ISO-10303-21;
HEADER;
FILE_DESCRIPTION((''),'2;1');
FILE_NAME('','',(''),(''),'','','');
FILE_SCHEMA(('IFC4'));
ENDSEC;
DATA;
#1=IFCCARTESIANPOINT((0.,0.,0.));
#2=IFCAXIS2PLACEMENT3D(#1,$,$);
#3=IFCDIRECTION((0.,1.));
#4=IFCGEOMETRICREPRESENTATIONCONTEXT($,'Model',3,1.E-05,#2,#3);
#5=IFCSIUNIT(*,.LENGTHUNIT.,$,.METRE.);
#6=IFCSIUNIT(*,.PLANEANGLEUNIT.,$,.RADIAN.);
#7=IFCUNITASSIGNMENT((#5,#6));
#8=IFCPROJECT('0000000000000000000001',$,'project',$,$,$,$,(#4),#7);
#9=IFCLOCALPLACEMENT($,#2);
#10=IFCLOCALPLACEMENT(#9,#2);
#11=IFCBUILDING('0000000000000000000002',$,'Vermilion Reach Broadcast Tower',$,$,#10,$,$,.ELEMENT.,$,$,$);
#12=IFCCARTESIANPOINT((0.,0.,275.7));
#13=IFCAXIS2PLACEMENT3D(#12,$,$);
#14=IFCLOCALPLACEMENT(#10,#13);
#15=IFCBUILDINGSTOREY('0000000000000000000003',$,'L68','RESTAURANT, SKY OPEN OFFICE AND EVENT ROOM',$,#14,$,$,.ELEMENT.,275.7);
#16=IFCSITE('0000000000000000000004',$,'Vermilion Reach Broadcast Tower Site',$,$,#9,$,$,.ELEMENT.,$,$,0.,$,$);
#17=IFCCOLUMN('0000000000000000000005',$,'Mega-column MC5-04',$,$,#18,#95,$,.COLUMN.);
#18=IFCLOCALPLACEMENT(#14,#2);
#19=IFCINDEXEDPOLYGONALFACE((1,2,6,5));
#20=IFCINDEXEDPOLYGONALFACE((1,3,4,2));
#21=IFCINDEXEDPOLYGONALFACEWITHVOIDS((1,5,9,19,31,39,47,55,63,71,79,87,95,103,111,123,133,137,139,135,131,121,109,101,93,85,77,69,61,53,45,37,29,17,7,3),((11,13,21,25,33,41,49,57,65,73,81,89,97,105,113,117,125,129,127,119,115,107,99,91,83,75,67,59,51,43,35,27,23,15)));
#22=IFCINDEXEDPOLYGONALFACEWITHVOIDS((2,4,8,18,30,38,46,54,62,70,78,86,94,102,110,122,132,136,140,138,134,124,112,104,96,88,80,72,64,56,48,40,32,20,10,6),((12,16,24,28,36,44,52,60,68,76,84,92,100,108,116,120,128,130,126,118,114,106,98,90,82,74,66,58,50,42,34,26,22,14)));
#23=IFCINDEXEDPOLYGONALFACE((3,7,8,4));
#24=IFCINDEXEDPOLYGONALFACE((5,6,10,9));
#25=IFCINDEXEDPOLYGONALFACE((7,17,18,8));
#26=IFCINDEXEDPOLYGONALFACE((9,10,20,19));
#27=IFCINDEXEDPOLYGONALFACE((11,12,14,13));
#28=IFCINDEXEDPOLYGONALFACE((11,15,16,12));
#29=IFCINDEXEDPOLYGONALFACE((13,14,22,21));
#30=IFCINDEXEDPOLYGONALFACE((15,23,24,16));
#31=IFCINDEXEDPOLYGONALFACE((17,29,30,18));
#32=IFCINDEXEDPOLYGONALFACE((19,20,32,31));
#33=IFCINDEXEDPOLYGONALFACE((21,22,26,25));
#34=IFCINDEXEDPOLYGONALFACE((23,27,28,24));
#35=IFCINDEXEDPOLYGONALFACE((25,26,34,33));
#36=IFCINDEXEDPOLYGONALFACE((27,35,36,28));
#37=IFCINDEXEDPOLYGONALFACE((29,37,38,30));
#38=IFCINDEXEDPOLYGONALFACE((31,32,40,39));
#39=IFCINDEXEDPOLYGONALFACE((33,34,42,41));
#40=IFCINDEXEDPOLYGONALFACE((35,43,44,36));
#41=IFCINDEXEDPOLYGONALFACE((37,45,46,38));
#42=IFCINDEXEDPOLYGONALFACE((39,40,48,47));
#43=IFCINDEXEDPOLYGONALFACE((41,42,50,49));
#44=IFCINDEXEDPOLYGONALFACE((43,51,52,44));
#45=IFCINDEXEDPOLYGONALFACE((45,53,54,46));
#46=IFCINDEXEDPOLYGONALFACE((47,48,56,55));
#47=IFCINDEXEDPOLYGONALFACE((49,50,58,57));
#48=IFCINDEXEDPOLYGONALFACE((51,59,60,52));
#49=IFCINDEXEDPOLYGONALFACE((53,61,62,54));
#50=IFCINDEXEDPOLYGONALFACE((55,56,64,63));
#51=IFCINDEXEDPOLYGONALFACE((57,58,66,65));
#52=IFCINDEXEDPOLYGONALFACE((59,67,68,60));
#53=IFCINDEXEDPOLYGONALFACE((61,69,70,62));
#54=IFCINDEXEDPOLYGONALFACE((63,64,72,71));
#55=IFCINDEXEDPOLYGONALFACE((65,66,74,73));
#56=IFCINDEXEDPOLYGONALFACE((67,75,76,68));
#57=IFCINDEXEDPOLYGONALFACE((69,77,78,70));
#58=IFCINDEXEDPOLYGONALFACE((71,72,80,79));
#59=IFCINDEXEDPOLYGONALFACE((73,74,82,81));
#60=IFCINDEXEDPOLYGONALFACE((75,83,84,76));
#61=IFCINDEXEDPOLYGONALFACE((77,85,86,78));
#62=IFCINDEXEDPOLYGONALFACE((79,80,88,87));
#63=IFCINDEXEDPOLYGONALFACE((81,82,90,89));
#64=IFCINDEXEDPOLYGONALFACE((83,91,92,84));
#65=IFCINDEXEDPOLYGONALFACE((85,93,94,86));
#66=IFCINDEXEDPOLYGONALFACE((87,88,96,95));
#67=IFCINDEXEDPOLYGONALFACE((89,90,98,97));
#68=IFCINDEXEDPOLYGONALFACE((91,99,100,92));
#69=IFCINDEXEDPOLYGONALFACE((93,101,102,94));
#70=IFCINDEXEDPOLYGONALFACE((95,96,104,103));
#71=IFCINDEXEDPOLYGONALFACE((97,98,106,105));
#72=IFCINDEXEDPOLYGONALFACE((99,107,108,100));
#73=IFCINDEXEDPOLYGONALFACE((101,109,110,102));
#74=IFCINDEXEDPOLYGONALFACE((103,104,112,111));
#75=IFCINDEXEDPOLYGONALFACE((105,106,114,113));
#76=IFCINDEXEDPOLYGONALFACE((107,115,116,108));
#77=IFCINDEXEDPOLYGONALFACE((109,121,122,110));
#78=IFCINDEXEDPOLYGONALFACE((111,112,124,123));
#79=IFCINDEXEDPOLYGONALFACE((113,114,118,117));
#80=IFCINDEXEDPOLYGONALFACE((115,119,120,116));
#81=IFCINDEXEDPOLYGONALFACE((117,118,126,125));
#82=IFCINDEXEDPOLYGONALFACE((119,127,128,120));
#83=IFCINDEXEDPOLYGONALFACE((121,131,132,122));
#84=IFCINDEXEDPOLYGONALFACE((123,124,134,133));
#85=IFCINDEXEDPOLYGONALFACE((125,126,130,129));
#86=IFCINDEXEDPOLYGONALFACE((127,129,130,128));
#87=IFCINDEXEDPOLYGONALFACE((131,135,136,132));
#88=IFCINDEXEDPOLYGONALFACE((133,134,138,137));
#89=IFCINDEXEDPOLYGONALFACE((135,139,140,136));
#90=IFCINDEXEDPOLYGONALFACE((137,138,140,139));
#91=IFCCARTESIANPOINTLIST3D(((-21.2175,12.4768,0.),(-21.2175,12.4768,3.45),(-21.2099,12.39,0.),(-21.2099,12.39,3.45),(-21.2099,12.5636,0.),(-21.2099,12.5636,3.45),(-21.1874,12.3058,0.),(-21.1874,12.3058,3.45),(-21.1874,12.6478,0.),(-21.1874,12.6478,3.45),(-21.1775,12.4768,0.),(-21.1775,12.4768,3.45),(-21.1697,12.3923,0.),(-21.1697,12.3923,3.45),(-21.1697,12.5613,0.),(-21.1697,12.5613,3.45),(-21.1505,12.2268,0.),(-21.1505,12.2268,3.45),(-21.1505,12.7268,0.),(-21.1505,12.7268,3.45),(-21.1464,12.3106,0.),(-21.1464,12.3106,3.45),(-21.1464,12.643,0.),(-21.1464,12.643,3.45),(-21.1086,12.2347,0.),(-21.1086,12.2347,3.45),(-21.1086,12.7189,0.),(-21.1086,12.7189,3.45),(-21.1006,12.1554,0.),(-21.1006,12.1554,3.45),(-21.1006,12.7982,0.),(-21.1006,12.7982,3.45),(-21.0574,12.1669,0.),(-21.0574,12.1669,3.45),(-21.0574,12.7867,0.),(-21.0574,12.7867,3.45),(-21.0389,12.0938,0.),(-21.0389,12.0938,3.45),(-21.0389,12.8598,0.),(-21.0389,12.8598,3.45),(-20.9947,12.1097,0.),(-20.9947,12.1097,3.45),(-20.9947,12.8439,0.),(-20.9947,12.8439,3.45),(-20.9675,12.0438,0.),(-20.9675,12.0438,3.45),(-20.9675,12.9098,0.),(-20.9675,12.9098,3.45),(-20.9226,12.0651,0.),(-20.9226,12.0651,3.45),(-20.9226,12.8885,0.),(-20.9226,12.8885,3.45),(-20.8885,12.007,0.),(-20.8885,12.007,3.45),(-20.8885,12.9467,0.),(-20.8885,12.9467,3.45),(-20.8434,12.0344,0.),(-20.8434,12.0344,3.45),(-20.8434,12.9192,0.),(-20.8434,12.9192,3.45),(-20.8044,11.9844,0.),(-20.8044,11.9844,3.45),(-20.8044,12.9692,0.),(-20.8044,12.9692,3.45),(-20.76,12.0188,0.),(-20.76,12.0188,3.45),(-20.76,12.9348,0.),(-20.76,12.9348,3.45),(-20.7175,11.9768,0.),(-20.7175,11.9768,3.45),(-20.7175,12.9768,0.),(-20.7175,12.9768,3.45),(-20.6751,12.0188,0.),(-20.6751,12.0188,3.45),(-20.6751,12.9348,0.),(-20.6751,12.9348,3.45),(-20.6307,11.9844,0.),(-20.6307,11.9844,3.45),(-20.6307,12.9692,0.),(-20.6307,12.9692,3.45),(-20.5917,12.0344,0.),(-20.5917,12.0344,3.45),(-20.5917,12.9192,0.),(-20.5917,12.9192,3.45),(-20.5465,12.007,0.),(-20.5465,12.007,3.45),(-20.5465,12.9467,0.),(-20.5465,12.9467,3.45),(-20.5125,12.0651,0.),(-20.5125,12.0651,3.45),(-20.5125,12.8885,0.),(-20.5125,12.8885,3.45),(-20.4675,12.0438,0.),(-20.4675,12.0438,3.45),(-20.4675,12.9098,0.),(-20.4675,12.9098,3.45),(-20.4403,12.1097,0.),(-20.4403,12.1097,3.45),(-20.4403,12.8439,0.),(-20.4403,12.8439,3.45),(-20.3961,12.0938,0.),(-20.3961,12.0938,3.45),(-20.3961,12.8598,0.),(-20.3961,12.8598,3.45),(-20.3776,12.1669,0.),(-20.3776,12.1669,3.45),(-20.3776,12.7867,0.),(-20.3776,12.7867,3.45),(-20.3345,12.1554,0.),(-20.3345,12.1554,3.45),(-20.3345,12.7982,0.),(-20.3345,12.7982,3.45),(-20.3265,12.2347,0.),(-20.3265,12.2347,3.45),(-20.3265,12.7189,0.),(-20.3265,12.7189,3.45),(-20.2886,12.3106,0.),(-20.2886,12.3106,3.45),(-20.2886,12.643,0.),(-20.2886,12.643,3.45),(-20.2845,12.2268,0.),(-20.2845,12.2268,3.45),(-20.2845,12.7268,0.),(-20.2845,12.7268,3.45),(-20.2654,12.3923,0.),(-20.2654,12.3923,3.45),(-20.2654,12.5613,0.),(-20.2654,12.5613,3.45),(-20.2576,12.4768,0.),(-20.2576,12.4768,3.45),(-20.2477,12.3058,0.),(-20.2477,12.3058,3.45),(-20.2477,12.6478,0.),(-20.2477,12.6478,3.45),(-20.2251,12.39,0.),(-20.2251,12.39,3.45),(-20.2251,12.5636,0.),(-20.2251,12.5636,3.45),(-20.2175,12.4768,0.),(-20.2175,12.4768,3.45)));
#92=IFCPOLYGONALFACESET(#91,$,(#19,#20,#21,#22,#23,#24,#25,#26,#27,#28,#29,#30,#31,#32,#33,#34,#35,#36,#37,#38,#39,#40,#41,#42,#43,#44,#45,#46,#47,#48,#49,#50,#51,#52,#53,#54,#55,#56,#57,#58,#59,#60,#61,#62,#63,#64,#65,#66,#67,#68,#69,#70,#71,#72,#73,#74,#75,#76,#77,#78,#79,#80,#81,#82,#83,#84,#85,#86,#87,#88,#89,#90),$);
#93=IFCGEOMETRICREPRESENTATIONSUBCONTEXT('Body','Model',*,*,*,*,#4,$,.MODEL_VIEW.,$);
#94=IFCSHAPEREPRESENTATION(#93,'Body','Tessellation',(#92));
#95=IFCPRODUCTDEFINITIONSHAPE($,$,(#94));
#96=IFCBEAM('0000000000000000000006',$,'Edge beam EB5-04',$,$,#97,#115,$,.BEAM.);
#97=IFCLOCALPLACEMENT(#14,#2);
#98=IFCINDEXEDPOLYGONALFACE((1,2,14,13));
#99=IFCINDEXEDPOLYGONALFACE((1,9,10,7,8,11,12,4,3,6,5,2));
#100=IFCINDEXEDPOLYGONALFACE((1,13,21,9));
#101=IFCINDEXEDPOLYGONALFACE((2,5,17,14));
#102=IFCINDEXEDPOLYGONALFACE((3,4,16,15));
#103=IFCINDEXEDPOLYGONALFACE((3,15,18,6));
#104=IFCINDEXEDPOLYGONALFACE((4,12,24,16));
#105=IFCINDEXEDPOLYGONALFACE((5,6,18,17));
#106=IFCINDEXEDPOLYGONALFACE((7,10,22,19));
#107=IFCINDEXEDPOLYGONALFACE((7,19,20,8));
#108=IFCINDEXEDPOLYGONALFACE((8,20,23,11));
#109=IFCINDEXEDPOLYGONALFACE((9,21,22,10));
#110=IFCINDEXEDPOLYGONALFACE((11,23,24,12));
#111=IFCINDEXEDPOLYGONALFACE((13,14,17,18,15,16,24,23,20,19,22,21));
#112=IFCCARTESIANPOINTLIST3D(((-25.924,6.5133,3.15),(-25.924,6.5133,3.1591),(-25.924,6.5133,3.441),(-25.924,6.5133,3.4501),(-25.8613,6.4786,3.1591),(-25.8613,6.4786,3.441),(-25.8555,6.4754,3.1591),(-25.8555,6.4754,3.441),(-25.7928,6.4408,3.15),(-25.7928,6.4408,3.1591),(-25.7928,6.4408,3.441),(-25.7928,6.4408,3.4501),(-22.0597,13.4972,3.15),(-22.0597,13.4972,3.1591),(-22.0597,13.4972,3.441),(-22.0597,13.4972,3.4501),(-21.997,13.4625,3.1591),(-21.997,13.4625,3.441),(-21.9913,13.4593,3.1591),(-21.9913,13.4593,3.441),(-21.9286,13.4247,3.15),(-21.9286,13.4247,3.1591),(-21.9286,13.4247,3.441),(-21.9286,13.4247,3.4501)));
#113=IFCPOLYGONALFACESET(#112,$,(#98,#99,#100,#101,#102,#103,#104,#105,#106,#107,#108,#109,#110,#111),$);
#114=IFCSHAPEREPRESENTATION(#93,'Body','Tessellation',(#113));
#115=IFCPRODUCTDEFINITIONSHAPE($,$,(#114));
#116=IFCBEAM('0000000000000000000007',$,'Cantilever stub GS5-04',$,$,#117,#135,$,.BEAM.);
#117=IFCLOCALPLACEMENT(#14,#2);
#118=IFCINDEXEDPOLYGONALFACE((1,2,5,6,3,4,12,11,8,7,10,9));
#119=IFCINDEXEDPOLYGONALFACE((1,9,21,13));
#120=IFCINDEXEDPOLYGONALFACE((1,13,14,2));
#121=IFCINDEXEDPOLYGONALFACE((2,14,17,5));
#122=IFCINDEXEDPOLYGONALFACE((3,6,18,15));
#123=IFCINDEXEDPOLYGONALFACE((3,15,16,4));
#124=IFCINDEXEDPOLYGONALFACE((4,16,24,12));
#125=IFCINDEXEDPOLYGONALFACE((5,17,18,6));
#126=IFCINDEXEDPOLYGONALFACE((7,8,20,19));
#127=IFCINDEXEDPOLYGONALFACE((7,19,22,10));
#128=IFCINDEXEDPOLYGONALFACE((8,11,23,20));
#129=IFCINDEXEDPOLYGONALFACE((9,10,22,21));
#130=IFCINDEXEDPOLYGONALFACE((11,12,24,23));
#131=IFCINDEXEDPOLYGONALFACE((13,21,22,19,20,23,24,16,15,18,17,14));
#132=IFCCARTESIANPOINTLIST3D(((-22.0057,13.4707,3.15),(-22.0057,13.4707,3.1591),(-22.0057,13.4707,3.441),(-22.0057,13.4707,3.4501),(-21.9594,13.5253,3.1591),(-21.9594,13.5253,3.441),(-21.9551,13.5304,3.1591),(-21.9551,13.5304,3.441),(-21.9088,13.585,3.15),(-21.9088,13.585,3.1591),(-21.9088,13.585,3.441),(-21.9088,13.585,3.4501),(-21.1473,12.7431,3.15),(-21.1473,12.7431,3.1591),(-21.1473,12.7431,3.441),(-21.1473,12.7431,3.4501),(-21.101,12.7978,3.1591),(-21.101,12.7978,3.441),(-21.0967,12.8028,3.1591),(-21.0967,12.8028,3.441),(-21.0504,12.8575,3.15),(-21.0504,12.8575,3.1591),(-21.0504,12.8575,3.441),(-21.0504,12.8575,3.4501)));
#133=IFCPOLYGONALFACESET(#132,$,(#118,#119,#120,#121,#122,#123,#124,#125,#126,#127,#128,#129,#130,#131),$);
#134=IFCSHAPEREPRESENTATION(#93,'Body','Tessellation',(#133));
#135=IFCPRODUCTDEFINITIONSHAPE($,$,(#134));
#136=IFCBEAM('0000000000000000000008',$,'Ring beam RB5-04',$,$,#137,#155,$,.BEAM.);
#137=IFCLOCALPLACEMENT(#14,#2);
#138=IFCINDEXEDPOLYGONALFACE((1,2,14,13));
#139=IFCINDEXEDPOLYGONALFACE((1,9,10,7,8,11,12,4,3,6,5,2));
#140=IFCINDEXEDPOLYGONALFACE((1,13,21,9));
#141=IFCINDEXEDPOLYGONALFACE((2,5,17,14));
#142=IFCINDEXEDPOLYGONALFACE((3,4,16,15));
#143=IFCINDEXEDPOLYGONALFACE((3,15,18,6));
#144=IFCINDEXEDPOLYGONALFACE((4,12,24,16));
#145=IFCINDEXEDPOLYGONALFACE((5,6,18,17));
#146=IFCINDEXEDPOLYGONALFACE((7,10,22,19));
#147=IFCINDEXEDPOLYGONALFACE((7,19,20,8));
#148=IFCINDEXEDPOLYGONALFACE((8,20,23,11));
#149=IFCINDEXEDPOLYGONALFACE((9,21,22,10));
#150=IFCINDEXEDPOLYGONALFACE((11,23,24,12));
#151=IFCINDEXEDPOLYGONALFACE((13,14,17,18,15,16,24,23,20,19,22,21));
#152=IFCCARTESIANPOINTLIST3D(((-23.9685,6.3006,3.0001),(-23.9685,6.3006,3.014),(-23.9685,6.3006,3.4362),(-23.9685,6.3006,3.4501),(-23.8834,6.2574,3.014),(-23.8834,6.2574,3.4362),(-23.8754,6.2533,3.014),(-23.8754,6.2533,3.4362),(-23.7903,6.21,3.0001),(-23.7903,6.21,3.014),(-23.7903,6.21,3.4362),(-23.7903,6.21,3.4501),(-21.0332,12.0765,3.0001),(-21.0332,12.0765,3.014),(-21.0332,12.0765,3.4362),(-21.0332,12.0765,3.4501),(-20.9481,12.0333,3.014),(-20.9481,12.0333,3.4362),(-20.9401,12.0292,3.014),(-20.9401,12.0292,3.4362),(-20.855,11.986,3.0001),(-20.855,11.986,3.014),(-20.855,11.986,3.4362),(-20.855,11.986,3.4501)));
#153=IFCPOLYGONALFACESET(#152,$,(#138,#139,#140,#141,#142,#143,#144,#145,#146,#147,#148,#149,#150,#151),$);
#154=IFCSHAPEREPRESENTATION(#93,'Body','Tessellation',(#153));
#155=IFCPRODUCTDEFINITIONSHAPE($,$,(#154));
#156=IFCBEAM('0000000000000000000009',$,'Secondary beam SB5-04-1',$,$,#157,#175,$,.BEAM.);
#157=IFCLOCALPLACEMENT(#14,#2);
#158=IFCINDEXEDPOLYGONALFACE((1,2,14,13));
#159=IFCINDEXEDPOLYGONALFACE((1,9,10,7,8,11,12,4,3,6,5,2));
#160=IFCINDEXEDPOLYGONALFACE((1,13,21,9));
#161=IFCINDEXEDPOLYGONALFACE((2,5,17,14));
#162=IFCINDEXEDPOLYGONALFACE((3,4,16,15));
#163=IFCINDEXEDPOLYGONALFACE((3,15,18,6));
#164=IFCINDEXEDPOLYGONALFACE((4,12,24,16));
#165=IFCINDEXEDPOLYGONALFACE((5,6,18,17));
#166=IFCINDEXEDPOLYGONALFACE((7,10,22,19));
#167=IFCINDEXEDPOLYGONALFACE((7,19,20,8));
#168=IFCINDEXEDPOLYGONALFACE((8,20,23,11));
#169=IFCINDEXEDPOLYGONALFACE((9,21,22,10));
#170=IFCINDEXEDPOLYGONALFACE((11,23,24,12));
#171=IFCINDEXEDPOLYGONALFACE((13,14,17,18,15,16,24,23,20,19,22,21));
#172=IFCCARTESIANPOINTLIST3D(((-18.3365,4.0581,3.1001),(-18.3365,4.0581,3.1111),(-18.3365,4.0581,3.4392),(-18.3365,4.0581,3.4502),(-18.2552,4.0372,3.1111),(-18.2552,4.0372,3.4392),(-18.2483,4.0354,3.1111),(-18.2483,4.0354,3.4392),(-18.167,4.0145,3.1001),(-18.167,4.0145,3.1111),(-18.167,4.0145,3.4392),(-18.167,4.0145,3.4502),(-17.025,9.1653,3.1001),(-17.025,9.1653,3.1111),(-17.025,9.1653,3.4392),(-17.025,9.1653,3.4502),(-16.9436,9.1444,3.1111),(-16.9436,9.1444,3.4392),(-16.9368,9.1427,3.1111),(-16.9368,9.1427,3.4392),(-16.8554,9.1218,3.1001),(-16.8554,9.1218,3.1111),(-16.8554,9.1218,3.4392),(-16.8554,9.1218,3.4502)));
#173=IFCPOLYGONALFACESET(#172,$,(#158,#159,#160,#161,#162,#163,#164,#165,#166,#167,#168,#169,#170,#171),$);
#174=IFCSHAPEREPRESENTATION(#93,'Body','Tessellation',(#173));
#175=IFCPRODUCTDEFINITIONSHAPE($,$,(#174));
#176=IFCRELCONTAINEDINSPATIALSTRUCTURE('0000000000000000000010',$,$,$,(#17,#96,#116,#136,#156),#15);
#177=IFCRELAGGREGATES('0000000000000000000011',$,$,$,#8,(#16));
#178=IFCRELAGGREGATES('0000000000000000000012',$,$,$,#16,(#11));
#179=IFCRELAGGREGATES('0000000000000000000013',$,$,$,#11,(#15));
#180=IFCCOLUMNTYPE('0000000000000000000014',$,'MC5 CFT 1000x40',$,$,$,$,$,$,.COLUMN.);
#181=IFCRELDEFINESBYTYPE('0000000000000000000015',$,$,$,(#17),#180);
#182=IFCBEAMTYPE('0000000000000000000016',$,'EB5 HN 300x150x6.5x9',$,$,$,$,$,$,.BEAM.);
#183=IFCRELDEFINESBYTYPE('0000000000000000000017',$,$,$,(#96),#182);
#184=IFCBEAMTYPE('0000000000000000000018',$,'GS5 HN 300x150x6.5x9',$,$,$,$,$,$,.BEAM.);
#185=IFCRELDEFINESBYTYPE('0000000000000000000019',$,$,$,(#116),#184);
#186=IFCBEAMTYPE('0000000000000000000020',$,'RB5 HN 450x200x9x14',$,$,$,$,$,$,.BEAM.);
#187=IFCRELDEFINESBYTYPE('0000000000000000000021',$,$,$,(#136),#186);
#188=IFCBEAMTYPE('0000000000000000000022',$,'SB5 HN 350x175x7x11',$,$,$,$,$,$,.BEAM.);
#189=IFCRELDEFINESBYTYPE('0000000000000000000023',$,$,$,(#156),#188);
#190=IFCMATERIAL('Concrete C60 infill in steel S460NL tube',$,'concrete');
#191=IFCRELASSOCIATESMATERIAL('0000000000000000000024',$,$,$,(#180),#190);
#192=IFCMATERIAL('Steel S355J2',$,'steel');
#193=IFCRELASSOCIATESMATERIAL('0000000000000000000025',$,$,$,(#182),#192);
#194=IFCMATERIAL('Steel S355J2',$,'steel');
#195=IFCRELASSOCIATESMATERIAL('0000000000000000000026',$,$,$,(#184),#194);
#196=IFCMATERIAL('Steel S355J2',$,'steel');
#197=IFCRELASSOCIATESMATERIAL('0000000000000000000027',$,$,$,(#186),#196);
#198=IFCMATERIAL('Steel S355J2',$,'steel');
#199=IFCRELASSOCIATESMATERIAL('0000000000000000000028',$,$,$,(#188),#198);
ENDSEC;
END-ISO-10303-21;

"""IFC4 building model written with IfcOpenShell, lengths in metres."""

from ifc_helpers import new_model, si_unit, direction, frame, origin, origin_2d, place, context, subcontext, project, spatial, hollow_circle, i_section, extrude, material, material_profile, profile_set, type_object, element, save


model = new_model("IFC4")

# Units and contexts
model_context = context("Model", 3, precision=1e-05, world=origin(), true_north=direction((0.0, 1.0)))
body_context = subcontext(model_context, "Body", "Model", "MODEL_VIEW")
ifc_project = project(units=[si_unit("LENGTHUNIT", "METRE"), si_unit("PLANEANGLEUNIT", "RADIAN")], contexts=[model_context])

# Site, building, storey
site_placement = place(None, origin())
site = spatial("IfcSite", under=ifc_project, at=site_placement, Name="Vermilion Reach Broadcast Tower Site", CompositionType="ELEMENT", RefElevation=0.0)
building_placement = place(site_placement, origin())
building = spatial("IfcBuilding", under=site, at=building_placement, Name="Vermilion Reach Broadcast Tower", CompositionType="ELEMENT")
storey_placement = place(building_placement, frame((0.0, 0.0, 275.7)))
storey = spatial("IfcBuildingStorey", under=building, at=storey_placement, Name="L68", Description="RESTAURANT, SKY OPEN OFFICE AND EVENT ROOM", CompositionType="ELEMENT", Elevation=275.7)

# Column
ifc_material_1 = material(Name="Concrete C60 infill in steel S460NL tube", Category="concrete")
ifc_material_profile_1 = material_profile(ifc_material_1, hollow_circle(Radius=0.5, WallThickness=0.04, at=origin_2d()), Name="Concrete C60 infill in steel S460NL tube CFT 1000x40")
ifc_profile_set_1 = profile_set([ifc_material_profile_1], Name="Concrete C60 infill in steel S460NL tube")
column_type = type_object("IfcColumnType", Name="MC5 CFT 1000x40", PredefinedType="COLUMN", material=ifc_profile_set_1)
column_placement = place(storey_placement, frame((-20.7175, 12.4768, 0.0), z_axis=(0.0, 0.0, 1.0), x_axis=(1.0, 0.0, 0.0)))
element("IfcColumn", 1, at=column_placement, inside=storey, type_object=column_type, Name="Mega-column MC5-04", PredefinedType="COLUMN", context=body_context, shape_type="SweptSolid", body=[
    extrude(hollow_circle(Radius=0.5, WallThickness=0.04, at=origin_2d()), origin(), (0.0, 0.0, 1.0), 3.45),
])

# Beams
ifc_material_2 = material(Name="Steel S355J2", Category="steel")
ifc_material_profile_2 = material_profile(ifc_material_2, i_section(OverallWidth=0.1499, OverallDepth=0.3, WebThickness=0.0066, FlangeThickness=0.009, at=origin_2d()), Name="S355J2 HN 300x150x6.5x9")
ifc_profile_set_2 = profile_set([ifc_material_profile_2], Name="Steel S355J2")
beam_type_1 = type_object("IfcBeamType", Name="EB5 HN 300x150x6.5x9", PredefinedType="BEAM", material=ifc_profile_set_2)
beam_1_placement = place(storey_placement, frame((-21.9941, 13.4609, 3.3), z_axis=(-0.484141, -0.87499, 0.0), x_axis=(0.87499, -0.484141, 0.0)))
element("IfcBeam", 2, at=beam_1_placement, inside=storey, type_object=beam_type_1, Name="Edge beam EB5-04", PredefinedType="BEAM", context=body_context, shape_type="SweptSolid", body=[
    extrude(i_section(OverallWidth=0.1499, OverallDepth=0.3, WebThickness=0.0066, FlangeThickness=0.009, at=origin_2d()), origin(), (0.0, 0.0, 1.0), 7.9817),
])
ifc_material_3 = material(Name="Steel S355J2", Category="steel")
ifc_material_profile_3 = material_profile(ifc_material_3, i_section(OverallWidth=0.1499, OverallDepth=0.3, WebThickness=0.0066, FlangeThickness=0.009, at=origin_2d()), Name="S355J2 HN 300x150x6.5x9")
ifc_profile_set_3 = profile_set([ifc_material_profile_3], Name="Steel S355J2")
beam_type_2 = type_object("IfcBeamType", Name="GS5 HN 300x150x6.5x9", PredefinedType="BEAM", material=ifc_profile_set_3)
beam_2_placement = place(storey_placement, frame((-21.0989, 12.8003, 3.3), z_axis=(-0.762859, 0.646565, 0.0), x_axis=(-0.646565, -0.762859, 0.0)))
element("IfcBeam", 3, at=beam_2_placement, inside=storey, type_object=beam_type_2, Name="Cantilever stub GS5-04", PredefinedType="BEAM", context=body_context, shape_type="SweptSolid", body=[
    extrude(i_section(OverallWidth=0.1499, OverallDepth=0.3, WebThickness=0.0066, FlangeThickness=0.009, at=origin_2d()), origin(), (0.0, 0.0, 1.0), 1.1252),
])
ifc_material_4 = material(Name="Steel S355J2", Category="steel")
ifc_material_profile_4 = material_profile(ifc_material_4, i_section(OverallWidth=0.2, OverallDepth=0.45, WebThickness=0.009, FlangeThickness=0.0139, at=origin_2d()), Name="S355J2 HN 450x200x9x14")
ifc_profile_set_4 = profile_set([ifc_material_profile_4], Name="Steel S355J2")
beam_type_3 = type_object("IfcBeamType", Name="RB5 HN 450x200x9x14", PredefinedType="BEAM", material=ifc_profile_set_4)
beam_3_placement = place(storey_placement, frame((-20.9441, 12.0312, 3.2251), z_axis=(-0.453052, -0.891484, 0.0), x_axis=(0.891484, -0.453052, 0.0)))
element("IfcBeam", 4, at=beam_3_placement, inside=storey, type_object=beam_type_3, Name="Ring beam RB5-04", PredefinedType="BEAM", context=body_context, shape_type="SweptSolid", body=[
    extrude(i_section(OverallWidth=0.2, OverallDepth=0.45, WebThickness=0.009, FlangeThickness=0.0139, at=origin_2d()), origin(), (0.0, 0.0, 1.0), 6.479),
])
ifc_material_5 = material(Name="Steel S355J2", Category="steel")
ifc_material_profile_5 = material_profile(ifc_material_5, i_section(OverallWidth=0.175, OverallDepth=0.3501, WebThickness=0.0071, FlangeThickness=0.011, at=origin_2d()), Name="S355J2 HN 350x175x7x11")
ifc_profile_set_5 = profile_set([ifc_material_profile_5], Name="Steel S355J2")
beam_type_4 = type_object("IfcBeamType", Name="SB5 HN 350x175x7x11", PredefinedType="BEAM", material=ifc_profile_set_5)
beam_4_placement = place(storey_placement, frame((-16.9402, 9.1436, 3.2751), z_axis=(-0.24873, -0.968573, 0.0), x_axis=(0.968573, -0.24873, 0.0)))
element("IfcBeam", 5, at=beam_4_placement, inside=storey, type_object=beam_type_4, Name="Secondary beam SB5-04-1", PredefinedType="BEAM", context=body_context, shape_type="SweptSolid", body=[
    extrude(i_section(OverallWidth=0.175, OverallDepth=0.3501, WebThickness=0.0071, FlangeThickness=0.011, at=origin_2d()), origin(), (0.0, 0.0, 1.0), 5.2729),
])

save(model, "model.ifc")
